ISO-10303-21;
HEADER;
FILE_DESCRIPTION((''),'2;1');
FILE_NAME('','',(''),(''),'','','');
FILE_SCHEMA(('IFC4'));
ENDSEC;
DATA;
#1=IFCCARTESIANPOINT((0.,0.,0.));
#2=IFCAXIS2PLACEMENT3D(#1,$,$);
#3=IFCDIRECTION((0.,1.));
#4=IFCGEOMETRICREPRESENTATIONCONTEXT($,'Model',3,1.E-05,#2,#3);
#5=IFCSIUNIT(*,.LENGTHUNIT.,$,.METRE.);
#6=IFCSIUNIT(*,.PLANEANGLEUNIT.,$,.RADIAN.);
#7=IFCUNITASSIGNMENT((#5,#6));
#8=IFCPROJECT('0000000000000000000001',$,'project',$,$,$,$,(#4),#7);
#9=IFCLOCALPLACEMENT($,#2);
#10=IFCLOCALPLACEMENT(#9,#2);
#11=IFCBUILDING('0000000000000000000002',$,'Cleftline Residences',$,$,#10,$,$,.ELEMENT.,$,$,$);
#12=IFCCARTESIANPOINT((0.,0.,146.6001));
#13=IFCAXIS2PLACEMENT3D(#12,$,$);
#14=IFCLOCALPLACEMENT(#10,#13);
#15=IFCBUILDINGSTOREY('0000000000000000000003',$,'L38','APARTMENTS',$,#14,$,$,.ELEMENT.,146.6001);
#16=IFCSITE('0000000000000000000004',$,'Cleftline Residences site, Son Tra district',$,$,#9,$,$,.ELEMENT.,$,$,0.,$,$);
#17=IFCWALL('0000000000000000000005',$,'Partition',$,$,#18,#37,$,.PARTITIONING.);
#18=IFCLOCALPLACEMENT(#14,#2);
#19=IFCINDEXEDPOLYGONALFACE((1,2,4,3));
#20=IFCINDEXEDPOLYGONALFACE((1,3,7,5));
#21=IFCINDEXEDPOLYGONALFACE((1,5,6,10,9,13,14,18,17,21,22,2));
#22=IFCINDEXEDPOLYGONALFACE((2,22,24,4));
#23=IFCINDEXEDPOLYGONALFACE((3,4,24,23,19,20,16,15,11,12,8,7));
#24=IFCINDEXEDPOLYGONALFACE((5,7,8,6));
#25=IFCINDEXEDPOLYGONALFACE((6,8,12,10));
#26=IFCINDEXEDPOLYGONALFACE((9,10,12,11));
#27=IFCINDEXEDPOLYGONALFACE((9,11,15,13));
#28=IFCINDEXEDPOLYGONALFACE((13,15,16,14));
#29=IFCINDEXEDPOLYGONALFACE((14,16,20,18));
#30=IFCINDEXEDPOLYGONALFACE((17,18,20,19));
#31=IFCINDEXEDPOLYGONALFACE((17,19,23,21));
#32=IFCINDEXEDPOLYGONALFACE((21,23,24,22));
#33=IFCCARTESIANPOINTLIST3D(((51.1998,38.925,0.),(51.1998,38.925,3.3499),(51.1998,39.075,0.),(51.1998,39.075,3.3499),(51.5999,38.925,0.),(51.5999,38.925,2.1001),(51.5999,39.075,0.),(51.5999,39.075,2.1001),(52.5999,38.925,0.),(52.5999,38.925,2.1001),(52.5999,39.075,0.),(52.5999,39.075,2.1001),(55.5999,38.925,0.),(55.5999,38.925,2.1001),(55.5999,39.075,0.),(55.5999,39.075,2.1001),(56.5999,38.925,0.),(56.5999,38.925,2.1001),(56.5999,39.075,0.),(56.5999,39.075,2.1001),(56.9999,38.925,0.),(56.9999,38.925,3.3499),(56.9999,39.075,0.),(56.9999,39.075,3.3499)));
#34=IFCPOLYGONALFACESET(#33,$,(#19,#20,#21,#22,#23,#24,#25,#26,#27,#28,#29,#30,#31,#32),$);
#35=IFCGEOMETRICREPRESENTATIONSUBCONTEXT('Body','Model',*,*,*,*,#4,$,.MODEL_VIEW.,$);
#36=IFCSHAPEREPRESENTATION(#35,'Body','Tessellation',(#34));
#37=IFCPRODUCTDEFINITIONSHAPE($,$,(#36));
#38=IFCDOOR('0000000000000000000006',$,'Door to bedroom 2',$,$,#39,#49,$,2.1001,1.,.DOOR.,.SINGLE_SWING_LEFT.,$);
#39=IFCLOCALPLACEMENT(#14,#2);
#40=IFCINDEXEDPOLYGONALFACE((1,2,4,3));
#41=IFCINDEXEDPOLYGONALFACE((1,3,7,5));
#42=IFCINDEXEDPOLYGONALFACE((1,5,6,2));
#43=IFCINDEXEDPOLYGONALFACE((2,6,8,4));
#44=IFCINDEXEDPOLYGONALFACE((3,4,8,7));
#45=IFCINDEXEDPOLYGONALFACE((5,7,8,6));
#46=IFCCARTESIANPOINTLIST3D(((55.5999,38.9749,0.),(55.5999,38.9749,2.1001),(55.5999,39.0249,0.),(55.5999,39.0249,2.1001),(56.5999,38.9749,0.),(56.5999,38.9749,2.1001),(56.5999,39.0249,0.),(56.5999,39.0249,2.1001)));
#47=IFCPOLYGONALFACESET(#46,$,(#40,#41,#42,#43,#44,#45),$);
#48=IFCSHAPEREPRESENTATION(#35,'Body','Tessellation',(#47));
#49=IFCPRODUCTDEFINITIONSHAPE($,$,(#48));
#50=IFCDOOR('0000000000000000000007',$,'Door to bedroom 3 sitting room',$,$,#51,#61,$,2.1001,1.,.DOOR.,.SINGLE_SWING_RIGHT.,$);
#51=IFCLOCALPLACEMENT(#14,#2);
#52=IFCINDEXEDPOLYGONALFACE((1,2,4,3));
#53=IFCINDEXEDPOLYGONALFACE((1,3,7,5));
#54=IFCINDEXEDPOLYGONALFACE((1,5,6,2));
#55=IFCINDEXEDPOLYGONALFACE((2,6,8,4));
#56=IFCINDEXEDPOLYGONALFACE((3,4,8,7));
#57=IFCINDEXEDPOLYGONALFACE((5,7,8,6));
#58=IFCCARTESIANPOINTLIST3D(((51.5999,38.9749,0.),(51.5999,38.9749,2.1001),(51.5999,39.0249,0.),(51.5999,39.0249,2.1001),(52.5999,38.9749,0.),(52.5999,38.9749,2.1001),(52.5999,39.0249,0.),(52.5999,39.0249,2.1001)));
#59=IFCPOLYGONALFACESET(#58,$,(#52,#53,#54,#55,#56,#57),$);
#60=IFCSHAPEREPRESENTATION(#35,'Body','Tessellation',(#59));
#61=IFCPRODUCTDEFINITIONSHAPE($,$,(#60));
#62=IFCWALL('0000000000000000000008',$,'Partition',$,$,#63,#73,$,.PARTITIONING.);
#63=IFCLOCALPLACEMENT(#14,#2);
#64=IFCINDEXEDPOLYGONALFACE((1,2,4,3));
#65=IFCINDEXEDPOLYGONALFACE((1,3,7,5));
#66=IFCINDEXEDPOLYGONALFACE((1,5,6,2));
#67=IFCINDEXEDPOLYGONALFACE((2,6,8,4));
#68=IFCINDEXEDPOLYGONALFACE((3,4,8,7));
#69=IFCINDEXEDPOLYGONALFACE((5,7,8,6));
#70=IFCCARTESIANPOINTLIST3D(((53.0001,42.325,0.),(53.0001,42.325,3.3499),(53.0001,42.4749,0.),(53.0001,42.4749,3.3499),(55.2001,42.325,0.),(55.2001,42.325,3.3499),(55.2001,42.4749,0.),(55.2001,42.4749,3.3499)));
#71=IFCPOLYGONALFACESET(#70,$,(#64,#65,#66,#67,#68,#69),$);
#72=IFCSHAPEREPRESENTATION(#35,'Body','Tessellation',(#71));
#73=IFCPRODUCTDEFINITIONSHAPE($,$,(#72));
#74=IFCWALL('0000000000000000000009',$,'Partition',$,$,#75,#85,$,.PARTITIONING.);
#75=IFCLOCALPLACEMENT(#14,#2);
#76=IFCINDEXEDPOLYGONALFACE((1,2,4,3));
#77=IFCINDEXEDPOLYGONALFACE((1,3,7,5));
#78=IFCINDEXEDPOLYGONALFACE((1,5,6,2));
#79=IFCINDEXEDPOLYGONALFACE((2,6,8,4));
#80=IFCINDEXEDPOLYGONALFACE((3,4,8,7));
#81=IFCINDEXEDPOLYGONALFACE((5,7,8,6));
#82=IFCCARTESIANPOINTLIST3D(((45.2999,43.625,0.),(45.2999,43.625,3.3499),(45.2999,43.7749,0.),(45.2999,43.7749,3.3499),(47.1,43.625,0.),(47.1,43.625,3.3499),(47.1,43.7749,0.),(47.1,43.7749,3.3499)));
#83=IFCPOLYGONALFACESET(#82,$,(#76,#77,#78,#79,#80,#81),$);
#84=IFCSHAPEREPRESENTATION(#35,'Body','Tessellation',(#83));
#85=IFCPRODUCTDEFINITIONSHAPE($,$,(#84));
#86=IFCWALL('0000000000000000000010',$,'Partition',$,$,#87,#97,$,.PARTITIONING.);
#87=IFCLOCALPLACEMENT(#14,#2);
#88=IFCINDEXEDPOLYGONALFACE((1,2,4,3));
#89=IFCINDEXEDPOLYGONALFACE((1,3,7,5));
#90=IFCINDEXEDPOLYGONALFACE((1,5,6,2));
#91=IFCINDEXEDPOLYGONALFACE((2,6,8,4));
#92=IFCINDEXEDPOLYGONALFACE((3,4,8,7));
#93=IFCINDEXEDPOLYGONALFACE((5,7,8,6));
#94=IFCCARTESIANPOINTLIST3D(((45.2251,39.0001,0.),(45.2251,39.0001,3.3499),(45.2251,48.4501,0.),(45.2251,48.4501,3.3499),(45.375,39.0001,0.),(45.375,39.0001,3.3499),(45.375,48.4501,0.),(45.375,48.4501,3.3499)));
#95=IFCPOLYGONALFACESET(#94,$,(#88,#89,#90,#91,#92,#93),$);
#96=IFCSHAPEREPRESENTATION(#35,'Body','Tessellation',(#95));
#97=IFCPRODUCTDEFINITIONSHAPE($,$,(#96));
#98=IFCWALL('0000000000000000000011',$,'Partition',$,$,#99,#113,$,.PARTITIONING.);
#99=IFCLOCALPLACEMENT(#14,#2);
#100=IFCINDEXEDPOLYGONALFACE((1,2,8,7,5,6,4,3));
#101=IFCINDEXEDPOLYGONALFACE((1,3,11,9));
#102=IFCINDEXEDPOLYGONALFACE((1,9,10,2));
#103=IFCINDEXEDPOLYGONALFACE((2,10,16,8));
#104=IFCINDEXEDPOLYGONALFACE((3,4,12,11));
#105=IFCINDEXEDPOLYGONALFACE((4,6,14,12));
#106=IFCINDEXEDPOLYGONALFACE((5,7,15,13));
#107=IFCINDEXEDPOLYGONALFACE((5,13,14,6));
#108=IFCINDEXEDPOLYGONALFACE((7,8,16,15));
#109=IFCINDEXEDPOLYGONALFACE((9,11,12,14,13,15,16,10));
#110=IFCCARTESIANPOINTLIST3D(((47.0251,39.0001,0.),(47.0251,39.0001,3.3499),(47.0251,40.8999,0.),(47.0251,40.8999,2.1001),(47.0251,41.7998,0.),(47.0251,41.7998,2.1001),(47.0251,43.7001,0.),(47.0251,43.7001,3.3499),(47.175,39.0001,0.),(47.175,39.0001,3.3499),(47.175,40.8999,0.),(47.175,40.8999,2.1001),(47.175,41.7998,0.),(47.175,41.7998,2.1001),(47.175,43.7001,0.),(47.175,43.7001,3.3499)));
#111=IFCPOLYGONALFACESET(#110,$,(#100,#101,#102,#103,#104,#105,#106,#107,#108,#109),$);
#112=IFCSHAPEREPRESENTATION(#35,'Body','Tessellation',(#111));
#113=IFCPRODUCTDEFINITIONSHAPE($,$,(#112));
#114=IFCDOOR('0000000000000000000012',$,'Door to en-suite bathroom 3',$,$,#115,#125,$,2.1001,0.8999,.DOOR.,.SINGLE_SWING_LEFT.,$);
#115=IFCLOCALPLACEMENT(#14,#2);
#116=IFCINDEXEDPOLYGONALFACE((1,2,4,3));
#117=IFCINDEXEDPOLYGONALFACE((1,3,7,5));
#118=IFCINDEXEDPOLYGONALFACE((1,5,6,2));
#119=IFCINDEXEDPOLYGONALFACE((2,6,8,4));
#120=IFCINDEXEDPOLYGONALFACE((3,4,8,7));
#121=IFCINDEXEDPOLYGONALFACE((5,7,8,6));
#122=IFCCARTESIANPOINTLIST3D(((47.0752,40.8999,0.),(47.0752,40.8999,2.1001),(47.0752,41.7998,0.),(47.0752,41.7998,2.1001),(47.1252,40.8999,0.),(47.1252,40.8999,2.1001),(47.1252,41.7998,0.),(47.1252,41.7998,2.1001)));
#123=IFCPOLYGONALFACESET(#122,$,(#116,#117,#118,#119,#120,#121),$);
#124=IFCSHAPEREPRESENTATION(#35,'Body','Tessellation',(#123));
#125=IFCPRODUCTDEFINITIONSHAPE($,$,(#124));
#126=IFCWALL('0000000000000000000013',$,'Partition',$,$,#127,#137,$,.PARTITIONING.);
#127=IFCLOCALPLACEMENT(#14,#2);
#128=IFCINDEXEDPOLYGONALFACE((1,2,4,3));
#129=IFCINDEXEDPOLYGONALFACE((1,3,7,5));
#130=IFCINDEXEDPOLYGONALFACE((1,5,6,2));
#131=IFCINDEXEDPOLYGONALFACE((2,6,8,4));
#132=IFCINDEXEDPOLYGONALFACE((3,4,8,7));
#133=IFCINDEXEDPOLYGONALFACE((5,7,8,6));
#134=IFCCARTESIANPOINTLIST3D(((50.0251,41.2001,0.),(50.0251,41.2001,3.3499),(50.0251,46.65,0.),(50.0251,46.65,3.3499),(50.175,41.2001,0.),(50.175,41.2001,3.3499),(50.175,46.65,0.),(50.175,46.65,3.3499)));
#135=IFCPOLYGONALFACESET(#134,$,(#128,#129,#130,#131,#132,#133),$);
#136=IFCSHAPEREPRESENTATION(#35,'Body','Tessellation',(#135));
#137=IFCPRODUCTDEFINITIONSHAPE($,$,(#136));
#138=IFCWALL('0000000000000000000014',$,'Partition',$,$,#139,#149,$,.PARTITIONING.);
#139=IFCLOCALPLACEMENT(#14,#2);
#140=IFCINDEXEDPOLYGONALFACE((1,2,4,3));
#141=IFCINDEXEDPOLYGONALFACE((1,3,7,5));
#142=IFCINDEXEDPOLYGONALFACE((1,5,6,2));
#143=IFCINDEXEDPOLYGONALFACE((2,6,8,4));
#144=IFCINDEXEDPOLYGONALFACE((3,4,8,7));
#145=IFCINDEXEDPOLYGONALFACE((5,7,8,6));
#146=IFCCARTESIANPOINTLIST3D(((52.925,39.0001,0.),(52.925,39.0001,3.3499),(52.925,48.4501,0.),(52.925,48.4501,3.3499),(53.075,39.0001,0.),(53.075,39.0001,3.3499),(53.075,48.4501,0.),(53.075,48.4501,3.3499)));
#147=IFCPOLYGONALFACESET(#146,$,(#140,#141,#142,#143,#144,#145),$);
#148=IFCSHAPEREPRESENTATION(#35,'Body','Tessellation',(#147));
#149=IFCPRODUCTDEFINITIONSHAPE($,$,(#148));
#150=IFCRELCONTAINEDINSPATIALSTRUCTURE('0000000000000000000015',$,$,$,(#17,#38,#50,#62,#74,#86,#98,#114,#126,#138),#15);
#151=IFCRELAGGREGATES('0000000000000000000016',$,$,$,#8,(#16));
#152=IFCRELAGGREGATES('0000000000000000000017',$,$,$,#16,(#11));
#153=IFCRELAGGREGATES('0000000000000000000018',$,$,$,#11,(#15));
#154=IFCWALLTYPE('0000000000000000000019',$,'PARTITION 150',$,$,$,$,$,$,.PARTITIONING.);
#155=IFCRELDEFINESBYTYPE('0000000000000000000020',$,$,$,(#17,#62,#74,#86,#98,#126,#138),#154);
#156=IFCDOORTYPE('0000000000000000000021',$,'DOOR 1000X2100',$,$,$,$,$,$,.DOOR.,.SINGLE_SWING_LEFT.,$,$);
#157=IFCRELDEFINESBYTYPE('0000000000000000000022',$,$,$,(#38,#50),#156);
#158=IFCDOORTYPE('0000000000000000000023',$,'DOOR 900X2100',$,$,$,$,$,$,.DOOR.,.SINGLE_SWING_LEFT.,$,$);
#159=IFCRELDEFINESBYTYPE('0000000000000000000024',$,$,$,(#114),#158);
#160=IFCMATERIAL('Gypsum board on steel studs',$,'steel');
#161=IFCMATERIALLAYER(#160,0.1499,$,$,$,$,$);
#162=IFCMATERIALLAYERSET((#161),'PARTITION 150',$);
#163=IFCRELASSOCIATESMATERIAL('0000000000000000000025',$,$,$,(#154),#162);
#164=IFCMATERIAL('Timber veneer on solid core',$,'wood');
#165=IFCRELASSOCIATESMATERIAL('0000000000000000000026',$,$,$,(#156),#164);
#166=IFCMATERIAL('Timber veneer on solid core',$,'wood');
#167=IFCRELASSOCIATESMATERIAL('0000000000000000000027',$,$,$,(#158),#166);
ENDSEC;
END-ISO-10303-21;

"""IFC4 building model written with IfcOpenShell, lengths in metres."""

from ifc_helpers import new_model, si_unit, direction, frame, frame_2d, origin, place, context, subcontext, project, spatial, rectangle, extrude, material, layer, layer_set, type_object, element, fill, save


model = new_model("IFC4")

# Units and contexts
model_context = context("Model", 3, precision=1e-05, world=origin(), true_north=direction((0.0, 1.0)))
body_context = subcontext(model_context, "Body", "Model", "MODEL_VIEW")
ifc_project = project(units=[si_unit("LENGTHUNIT", "METRE"), si_unit("PLANEANGLEUNIT", "RADIAN")], contexts=[model_context])

# Site, building, storey
site_placement = place(None, origin())
site = spatial("IfcSite", under=ifc_project, at=site_placement, Name="Cleftline Residences site, Son Tra district", CompositionType="ELEMENT", RefElevation=0.0)
building_placement = place(site_placement, origin())
building = spatial("IfcBuilding", under=site, at=building_placement, Name="Cleftline Residences", CompositionType="ELEMENT")
storey_placement = place(building_placement, frame((0.0, 0.0, 146.6001)))
storey = spatial("IfcBuildingStorey", under=building, at=storey_placement, Name="L38", Description="APARTMENTS", CompositionType="ELEMENT", Elevation=146.6001)

# Wall, openings, doors
ifc_material_1 = material(Name="Gypsum board on steel studs", Category="steel")
ifc_layer_1 = layer(ifc_material_1, 0.1499)
ifc_layer_set_1 = layer_set([ifc_layer_1], Name="PARTITION 150")
wall_type = type_object("IfcWallType", Name="PARTITION 150", PredefinedType="PARTITIONING", material=ifc_layer_set_1)
ifc_material_2 = material(Name="Timber veneer on solid core", Category="wood")
door_type_1 = type_object("IfcDoorType", Name="DOOR 1000X2100", OperationType="SINGLE_SWING_LEFT", PredefinedType="DOOR", material=ifc_material_2)
ifc_material_3 = material(Name="Timber veneer on solid core", Category="wood")
door_type_2 = type_object("IfcDoorType", Name="DOOR 900X2100", OperationType="SINGLE_SWING_LEFT", PredefinedType="DOOR", material=ifc_material_3)
wall_1_placement = place(storey_placement, frame((51.2, 39.0, 0.0), z_axis=(0.0, 0.0, 1.0), x_axis=(1.0, 0.0, 0.0)))
wall_1 = element("IfcWall", 1, at=wall_1_placement, inside=storey, type_object=wall_type, Name="Partition", PredefinedType="PARTITIONING", context=body_context, shape_type="SweptSolid", body=[
    extrude(rectangle(XDim=5.8, YDim=0.1499, at=frame_2d((2.8999, 0.0))), origin(), (0.0, 0.0, 1.0), 3.3499),
])
opening_1_placement = place(wall_1_placement, frame((4.3999, 0.0, 0.0)))
opening_1 = element("IfcOpeningElement", 2, at=opening_1_placement, cuts=wall_1, PredefinedType="OPENING", context=body_context, shape_type="SweptSolid", body=[
    extrude(rectangle(XDim=1.0, YDim=2.1001, at=frame_2d((0.5, 1.05))), frame((0.0, 0.085, 0.0), z_axis=(0.0, -1.0, 0.0), x_axis=(1.0, 0.0, 0.0)), (0.0, 0.0, 1.0), 0.1699),
])
opening_2_placement = place(wall_1_placement, frame((0.3999, 0.0, 0.0)))
opening_2 = element("IfcOpeningElement", 3, at=opening_2_placement, cuts=wall_1, PredefinedType="OPENING", context=body_context, shape_type="SweptSolid", body=[
    extrude(rectangle(XDim=1.0, YDim=2.1001, at=frame_2d((0.5, 1.05))), frame((0.0, 0.085, 0.0), z_axis=(0.0, -1.0, 0.0), x_axis=(1.0, 0.0, 0.0)), (0.0, 0.0, 1.0), 0.1699),
])
door_1_placement = place(opening_1_placement, origin())
door_1 = element("IfcDoor", 4, at=door_1_placement, inside=storey, type_object=door_type_1, Name="Door to bedroom 2", OperationType="SINGLE_SWING_LEFT", OverallHeight=2.1001, OverallWidth=1.0, PredefinedType="DOOR", context=body_context, shape_type="SweptSolid", body=[
    extrude(rectangle(XDim=1.0, YDim=2.1001, at=frame_2d((0.5, 1.05))), frame((0.0, 0.0249, 0.0), z_axis=(0.0, -1.0, 0.0), x_axis=(1.0, 0.0, 0.0)), (0.0, 0.0, 1.0), 0.05),
])
fill(opening_1, door_1)
door_2_placement = place(opening_2_placement, origin())
door_2 = element("IfcDoor", 5, at=door_2_placement, inside=storey, type_object=door_type_1, Name="Door to bedroom 3 sitting room", OperationType="SINGLE_SWING_RIGHT", OverallHeight=2.1001, OverallWidth=1.0, PredefinedType="DOOR", context=body_context, shape_type="SweptSolid", body=[
    extrude(rectangle(XDim=1.0, YDim=2.1001, at=frame_2d((0.5, 1.05))), frame((0.0, 0.0249, 0.0), z_axis=(0.0, -1.0, 0.0), x_axis=(1.0, 0.0, 0.0)), (0.0, 0.0, 1.0), 0.05),
])
fill(opening_2, door_2)

# Walls
wall_2_placement = place(storey_placement, frame((53.0, 42.3999, 0.0), z_axis=(0.0, 0.0, 1.0), x_axis=(1.0, 0.0, 0.0)))
element("IfcWall", 6, at=wall_2_placement, inside=storey, type_object=wall_type, Name="Partition", PredefinedType="PARTITIONING", context=body_context, shape_type="SweptSolid", body=[
    extrude(rectangle(XDim=2.2, YDim=0.1499, at=frame_2d((1.1001, 0.0))), origin(), (0.0, 0.0, 1.0), 3.3499),
])
wall_3_placement = place(storey_placement, frame((45.3, 43.7, 0.0), z_axis=(0.0, 0.0, 1.0), x_axis=(1.0, 0.0, 0.0)))
element("IfcWall", 7, at=wall_3_placement, inside=storey, type_object=wall_type, Name="Partition", PredefinedType="PARTITIONING", context=body_context, shape_type="SweptSolid", body=[
    extrude(rectangle(XDim=1.8, YDim=0.1499, at=frame_2d((0.8999, 0.0))), origin(), (0.0, 0.0, 1.0), 3.3499),
])
wall_4_placement = place(storey_placement, frame((45.3, 39.0, 0.0), z_axis=(0.0, 0.0, 1.0), x_axis=(0.0, 1.0, 0.0)))
element("IfcWall", 8, at=wall_4_placement, inside=storey, type_object=wall_type, Name="Partition", PredefinedType="PARTITIONING", context=body_context, shape_type="SweptSolid", body=[
    extrude(rectangle(XDim=9.45, YDim=0.1499, at=frame_2d((4.7251, 0.0))), origin(), (0.0, 0.0, 1.0), 3.3499),
])

# Wall, opening, door
wall_5_placement = place(storey_placement, frame((47.1001, 39.0, 0.0), z_axis=(0.0, 0.0, 1.0), x_axis=(0.0, 1.0, 0.0)))
wall_5 = element("IfcWall", 9, at=wall_5_placement, inside=storey, type_object=wall_type, Name="Partition", PredefinedType="PARTITIONING", context=body_context, shape_type="SweptSolid", body=[
    extrude(rectangle(XDim=4.7, YDim=0.1499, at=frame_2d((2.3501, 0.0))), origin(), (0.0, 0.0, 1.0), 3.3499),
])
opening_3_placement = place(wall_5_placement, frame((1.8999, 0.0, 0.0)))
opening_3 = element("IfcOpeningElement", 10, at=opening_3_placement, cuts=wall_5, PredefinedType="OPENING", context=body_context, shape_type="SweptSolid", body=[
    extrude(rectangle(XDim=0.8999, YDim=2.1001, at=frame_2d((0.45, 1.05))), frame((0.0, 0.085, 0.0), z_axis=(0.0, -1.0, 0.0), x_axis=(1.0, 0.0, 0.0)), (0.0, 0.0, 1.0), 0.1699),
])
door_3_placement = place(opening_3_placement, origin())
door_3 = element("IfcDoor", 11, at=door_3_placement, inside=storey, type_object=door_type_2, Name="Door to en-suite bathroom 3", OperationType="SINGLE_SWING_LEFT", OverallHeight=2.1001, OverallWidth=0.8999, PredefinedType="DOOR", context=body_context, shape_type="SweptSolid", body=[
    extrude(rectangle(XDim=0.8999, YDim=2.1001, at=frame_2d((0.45, 1.05))), frame((0.0, 0.0249, 0.0), z_axis=(0.0, -1.0, 0.0), x_axis=(1.0, 0.0, 0.0)), (0.0, 0.0, 1.0), 0.05),
])
fill(opening_3, door_3)

# Walls
wall_6_placement = place(storey_placement, frame((50.1001, 41.2, 0.0), z_axis=(0.0, 0.0, 1.0), x_axis=(0.0, 1.0, 0.0)))
element("IfcWall", 12, at=wall_6_placement, inside=storey, type_object=wall_type, Name="Partition", PredefinedType="PARTITIONING", context=body_context, shape_type="SweptSolid", body=[
    extrude(rectangle(XDim=5.45, YDim=0.1499, at=frame_2d((2.7251, 0.0))), origin(), (0.0, 0.0, 1.0), 3.3499),
])
wall_7_placement = place(storey_placement, frame((53.0, 39.0, 0.0), z_axis=(0.0, 0.0, 1.0), x_axis=(0.0, 1.0, 0.0)))
element("IfcWall", 13, at=wall_7_placement, inside=storey, type_object=wall_type, Name="Partition", PredefinedType="PARTITIONING", context=body_context, shape_type="SweptSolid", body=[
    extrude(rectangle(XDim=9.45, YDim=0.1499, at=frame_2d((4.7251, 0.0))), origin(), (0.0, 0.0, 1.0), 3.3499),
])

save(model, "model.ifc")
